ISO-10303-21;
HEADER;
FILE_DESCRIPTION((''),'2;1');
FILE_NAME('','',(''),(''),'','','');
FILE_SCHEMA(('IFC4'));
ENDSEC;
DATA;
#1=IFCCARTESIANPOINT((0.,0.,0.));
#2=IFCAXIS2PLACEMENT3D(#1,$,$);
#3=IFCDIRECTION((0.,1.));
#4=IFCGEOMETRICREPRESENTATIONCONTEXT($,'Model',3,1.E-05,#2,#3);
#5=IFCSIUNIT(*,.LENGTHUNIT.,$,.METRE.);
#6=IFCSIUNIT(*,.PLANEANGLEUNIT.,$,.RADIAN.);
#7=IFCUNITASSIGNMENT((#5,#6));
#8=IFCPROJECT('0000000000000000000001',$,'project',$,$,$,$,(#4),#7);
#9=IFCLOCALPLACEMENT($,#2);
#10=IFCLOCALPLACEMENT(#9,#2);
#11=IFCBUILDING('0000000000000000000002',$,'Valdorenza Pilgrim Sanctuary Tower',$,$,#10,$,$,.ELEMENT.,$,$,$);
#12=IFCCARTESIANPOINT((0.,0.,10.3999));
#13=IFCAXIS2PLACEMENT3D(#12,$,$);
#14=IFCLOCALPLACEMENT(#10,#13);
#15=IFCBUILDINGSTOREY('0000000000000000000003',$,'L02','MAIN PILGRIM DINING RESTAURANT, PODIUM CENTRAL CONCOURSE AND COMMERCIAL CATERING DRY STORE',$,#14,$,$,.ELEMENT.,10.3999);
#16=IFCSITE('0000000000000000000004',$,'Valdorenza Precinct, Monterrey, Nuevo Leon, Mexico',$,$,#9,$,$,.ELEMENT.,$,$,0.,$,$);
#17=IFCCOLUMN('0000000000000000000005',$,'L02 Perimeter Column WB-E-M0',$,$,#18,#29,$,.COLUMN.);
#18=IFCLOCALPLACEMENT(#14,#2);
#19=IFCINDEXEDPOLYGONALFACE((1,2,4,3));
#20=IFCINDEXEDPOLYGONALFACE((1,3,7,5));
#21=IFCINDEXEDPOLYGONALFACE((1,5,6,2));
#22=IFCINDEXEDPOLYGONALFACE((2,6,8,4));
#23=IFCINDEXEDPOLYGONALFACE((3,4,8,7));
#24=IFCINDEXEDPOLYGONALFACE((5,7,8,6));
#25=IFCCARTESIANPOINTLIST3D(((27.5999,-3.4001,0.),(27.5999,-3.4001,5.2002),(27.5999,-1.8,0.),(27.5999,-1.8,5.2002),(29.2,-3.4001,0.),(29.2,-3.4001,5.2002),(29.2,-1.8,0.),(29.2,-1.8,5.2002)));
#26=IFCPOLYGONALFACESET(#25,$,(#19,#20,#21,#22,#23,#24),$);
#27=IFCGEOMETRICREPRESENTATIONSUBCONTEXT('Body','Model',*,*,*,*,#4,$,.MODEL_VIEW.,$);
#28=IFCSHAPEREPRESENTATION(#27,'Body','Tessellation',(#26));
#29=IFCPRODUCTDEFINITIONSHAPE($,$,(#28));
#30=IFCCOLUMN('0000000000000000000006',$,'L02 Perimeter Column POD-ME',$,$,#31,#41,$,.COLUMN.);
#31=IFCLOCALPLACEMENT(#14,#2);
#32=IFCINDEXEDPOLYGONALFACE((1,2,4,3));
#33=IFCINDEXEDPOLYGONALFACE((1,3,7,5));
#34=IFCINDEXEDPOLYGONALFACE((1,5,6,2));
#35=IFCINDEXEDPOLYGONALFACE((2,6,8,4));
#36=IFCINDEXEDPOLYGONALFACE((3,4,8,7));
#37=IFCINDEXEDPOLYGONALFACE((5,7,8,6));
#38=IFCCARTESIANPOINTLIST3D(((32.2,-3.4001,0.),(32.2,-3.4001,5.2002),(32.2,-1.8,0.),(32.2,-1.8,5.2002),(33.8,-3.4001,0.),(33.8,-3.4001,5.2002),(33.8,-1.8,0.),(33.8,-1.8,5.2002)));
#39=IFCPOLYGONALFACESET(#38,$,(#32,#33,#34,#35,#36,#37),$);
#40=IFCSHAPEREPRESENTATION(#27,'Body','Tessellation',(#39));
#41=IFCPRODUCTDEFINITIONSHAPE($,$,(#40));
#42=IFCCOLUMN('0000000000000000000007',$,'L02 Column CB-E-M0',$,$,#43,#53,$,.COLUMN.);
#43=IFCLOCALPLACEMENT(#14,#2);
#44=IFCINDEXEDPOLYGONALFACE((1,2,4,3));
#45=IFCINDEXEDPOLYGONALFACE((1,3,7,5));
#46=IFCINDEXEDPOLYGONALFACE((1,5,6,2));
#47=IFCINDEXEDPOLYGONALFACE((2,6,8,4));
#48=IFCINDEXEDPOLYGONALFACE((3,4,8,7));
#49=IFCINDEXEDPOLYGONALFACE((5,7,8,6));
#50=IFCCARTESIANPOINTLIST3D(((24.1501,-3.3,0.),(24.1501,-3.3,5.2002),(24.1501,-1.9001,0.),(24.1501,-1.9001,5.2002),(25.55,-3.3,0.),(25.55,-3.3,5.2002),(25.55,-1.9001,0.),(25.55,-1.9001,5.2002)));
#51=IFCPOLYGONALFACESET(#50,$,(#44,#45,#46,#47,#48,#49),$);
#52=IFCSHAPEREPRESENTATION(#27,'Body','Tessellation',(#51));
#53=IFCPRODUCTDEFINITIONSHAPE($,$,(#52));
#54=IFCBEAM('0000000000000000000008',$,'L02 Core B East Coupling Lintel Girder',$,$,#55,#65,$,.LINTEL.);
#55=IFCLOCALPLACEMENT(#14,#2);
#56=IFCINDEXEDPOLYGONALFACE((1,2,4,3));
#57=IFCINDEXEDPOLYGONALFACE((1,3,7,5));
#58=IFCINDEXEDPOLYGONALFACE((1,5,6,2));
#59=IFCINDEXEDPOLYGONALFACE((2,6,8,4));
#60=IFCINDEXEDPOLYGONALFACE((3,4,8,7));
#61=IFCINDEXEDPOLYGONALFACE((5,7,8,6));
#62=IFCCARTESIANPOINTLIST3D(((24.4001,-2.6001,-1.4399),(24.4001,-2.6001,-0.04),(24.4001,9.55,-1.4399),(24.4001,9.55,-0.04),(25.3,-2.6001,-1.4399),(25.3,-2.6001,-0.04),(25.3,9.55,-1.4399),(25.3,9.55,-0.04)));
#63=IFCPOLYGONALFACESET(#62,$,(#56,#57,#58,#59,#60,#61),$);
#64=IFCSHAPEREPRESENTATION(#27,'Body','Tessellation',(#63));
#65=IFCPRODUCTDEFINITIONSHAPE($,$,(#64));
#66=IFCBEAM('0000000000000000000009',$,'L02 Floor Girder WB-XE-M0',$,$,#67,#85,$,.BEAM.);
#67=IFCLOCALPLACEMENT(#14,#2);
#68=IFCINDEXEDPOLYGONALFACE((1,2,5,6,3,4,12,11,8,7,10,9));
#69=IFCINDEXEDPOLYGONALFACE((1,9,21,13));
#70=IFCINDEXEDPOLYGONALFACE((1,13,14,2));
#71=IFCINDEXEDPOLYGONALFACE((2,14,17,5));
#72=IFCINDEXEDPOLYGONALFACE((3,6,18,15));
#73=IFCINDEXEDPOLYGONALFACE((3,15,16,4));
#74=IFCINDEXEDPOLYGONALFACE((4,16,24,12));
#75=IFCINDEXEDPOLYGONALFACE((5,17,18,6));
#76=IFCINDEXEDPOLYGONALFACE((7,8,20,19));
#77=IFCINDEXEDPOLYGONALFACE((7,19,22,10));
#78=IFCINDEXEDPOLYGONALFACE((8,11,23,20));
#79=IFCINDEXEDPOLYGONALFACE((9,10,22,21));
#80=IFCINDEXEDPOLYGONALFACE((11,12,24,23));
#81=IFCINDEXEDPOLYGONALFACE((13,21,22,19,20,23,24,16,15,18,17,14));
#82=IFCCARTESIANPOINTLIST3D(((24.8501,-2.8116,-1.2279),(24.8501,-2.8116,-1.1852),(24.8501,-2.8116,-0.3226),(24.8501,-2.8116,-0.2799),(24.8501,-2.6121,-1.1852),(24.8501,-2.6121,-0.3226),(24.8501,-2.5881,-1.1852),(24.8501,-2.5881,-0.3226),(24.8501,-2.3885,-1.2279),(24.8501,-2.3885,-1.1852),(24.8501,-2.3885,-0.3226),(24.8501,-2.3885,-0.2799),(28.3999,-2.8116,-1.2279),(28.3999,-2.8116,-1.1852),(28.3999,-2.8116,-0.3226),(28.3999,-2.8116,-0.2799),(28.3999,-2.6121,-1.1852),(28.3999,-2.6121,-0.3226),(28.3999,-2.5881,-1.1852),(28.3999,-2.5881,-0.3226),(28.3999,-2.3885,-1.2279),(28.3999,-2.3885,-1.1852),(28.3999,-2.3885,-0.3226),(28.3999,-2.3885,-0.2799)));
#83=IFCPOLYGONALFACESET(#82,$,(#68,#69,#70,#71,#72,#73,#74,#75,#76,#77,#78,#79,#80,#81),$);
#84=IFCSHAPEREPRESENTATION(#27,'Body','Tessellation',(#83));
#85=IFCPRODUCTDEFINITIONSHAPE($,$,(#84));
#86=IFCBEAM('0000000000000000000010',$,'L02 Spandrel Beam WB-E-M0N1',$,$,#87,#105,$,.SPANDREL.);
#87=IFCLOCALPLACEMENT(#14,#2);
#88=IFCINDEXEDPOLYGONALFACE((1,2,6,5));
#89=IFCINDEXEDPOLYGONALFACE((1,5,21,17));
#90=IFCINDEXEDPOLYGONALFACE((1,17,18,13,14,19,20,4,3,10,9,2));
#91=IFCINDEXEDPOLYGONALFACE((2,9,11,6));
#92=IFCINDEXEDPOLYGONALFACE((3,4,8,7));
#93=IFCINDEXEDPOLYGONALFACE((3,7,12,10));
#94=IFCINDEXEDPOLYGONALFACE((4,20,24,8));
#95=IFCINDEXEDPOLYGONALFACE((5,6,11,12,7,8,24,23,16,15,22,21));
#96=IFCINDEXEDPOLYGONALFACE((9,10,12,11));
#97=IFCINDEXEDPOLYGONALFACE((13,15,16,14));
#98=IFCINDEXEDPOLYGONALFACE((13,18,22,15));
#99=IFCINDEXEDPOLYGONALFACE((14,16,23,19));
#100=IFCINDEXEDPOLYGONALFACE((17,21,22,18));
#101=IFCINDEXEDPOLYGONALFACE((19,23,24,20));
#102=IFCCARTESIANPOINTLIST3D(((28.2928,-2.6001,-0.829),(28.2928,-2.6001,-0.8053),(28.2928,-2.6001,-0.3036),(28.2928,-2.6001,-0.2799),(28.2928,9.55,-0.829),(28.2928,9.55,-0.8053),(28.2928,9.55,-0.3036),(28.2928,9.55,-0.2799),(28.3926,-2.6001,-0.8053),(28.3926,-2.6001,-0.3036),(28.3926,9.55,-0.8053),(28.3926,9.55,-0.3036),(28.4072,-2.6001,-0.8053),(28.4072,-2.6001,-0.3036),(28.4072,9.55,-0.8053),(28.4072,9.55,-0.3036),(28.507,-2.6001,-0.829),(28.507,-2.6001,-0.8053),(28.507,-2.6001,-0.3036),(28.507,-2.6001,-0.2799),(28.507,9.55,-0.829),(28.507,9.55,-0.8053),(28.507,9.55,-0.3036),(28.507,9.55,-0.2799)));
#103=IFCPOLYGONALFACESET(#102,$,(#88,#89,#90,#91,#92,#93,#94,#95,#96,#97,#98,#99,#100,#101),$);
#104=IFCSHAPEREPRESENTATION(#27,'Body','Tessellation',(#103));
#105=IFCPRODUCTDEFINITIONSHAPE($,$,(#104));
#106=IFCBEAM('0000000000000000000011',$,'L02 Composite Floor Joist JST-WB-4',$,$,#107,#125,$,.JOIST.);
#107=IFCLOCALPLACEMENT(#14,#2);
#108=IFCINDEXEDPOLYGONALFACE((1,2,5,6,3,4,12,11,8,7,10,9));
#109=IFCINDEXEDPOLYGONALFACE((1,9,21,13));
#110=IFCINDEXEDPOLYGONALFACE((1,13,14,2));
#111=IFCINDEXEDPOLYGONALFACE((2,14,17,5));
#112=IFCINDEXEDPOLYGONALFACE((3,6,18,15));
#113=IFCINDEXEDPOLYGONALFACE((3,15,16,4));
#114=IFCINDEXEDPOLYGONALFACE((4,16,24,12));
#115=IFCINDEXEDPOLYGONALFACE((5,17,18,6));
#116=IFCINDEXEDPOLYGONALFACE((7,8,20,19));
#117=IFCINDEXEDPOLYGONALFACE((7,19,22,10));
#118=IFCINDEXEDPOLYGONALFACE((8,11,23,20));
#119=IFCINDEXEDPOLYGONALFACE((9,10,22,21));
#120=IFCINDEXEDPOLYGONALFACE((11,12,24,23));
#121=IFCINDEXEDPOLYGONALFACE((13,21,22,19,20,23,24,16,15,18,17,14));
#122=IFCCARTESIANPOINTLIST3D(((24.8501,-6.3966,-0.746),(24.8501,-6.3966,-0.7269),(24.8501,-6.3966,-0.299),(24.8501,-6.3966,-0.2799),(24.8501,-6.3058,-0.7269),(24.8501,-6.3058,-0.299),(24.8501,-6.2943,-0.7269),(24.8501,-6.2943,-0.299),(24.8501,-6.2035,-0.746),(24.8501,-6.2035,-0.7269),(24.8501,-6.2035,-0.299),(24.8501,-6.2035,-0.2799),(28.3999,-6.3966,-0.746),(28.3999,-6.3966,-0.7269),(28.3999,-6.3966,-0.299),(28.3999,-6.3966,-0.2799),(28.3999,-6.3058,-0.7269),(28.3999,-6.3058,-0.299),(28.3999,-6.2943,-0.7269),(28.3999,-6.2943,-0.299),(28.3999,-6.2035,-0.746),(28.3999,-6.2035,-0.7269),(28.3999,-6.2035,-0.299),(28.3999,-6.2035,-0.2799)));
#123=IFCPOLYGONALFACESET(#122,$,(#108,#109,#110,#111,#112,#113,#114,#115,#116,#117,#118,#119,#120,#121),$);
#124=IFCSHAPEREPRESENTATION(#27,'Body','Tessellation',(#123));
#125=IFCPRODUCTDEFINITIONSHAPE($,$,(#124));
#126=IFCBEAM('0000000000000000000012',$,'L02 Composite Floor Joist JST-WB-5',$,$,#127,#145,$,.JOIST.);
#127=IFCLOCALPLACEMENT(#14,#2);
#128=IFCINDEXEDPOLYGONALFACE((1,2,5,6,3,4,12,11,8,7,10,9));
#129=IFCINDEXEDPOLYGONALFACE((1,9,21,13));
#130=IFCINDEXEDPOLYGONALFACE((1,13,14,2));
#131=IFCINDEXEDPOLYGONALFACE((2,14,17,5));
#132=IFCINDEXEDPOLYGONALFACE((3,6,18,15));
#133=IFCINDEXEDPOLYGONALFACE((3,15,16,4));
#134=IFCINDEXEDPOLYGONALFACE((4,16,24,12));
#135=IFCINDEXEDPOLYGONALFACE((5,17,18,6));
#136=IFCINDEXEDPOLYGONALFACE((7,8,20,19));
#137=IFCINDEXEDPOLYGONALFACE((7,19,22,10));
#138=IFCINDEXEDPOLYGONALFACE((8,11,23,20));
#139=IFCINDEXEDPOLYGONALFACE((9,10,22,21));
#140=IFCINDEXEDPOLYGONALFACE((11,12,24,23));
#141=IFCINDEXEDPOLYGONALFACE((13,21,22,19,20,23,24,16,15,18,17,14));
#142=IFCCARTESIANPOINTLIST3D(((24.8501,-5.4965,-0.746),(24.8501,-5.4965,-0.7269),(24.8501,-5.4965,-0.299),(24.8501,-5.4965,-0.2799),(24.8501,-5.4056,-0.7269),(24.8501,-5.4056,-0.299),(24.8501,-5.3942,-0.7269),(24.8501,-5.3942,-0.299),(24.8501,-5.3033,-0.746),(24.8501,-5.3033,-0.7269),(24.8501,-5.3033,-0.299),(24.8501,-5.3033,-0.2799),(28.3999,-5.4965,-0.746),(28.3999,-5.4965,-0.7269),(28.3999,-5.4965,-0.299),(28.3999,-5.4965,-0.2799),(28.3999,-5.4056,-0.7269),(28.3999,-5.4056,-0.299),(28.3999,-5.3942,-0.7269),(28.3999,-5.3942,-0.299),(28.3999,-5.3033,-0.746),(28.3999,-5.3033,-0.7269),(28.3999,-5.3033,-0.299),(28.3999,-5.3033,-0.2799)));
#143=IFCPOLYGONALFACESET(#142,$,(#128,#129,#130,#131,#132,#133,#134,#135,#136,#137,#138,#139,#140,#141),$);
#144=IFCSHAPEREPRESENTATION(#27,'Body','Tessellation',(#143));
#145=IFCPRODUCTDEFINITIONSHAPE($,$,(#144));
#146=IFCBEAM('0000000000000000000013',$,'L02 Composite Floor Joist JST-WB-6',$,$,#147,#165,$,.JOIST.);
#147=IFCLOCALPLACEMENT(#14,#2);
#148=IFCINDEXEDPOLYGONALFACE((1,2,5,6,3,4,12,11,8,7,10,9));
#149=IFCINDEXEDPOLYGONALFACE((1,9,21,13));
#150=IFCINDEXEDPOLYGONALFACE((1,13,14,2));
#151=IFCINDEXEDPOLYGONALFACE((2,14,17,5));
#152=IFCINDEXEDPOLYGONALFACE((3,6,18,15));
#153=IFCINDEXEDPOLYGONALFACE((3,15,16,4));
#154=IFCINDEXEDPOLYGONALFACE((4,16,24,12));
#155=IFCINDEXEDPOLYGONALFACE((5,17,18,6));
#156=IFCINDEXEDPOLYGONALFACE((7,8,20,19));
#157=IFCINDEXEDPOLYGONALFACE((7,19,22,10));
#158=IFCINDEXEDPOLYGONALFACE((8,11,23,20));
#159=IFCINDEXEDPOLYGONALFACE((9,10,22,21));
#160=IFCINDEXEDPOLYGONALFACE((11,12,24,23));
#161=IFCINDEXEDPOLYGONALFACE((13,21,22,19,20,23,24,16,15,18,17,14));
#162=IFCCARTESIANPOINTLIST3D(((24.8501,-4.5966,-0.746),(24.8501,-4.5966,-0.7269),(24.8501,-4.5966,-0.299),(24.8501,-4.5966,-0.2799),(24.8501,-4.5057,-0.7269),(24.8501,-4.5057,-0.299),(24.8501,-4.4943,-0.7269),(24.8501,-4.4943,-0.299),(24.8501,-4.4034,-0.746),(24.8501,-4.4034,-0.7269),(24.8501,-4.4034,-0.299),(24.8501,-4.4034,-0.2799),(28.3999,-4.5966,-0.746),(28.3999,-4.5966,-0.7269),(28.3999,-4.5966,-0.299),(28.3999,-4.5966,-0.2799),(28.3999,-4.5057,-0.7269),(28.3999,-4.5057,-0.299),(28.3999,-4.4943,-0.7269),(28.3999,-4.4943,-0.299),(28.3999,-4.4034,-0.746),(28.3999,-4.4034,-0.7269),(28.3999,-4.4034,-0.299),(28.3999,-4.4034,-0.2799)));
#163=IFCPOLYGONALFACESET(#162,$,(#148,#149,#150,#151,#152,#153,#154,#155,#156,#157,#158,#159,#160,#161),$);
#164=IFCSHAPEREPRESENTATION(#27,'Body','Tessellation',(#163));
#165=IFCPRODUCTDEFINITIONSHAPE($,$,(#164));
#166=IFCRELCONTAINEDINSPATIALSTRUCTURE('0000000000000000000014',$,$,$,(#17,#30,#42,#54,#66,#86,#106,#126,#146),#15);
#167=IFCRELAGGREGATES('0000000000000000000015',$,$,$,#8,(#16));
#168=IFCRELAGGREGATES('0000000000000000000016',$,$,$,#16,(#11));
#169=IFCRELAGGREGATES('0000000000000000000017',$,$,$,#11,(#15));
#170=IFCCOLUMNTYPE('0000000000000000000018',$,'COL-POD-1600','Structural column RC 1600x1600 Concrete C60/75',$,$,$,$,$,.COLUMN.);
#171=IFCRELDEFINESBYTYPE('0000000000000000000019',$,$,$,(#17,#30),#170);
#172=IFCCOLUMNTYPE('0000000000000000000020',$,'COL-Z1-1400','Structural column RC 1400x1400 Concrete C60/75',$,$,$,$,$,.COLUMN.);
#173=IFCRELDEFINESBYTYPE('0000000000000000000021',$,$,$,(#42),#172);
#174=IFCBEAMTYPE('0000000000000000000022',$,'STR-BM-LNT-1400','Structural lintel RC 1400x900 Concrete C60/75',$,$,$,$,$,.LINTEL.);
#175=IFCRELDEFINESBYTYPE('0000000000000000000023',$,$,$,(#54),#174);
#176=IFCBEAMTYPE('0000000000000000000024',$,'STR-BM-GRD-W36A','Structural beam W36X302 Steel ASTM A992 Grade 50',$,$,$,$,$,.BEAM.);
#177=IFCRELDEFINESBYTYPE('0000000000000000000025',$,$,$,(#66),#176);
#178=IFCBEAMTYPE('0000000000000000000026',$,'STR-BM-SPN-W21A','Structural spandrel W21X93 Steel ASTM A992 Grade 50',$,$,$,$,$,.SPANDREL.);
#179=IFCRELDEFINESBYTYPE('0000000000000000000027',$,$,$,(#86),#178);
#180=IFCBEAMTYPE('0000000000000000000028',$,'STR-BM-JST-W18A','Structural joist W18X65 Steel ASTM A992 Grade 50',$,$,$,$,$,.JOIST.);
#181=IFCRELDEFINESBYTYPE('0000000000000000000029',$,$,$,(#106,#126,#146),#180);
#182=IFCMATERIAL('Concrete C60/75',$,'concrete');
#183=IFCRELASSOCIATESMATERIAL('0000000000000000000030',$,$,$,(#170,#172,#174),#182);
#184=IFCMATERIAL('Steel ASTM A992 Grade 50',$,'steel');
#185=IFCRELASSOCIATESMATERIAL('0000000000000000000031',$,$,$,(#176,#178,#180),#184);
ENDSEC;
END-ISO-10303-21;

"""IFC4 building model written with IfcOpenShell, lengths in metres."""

from ifc_helpers import new_model, si_unit, direction, frame, origin, origin_2d, place, context, subcontext, project, spatial, rectangle, i_section, extrude, source, transform, mapped, material, material_profile, profile_set, type_object, element, save


model = new_model("IFC4")

# Units and contexts
model_context = context("Model", 3, precision=1e-05, world=origin(), true_north=direction((0.0, 1.0)))
body_context = subcontext(model_context, "Body", "Model", "MODEL_VIEW")
ifc_project = project(units=[si_unit("LENGTHUNIT", "METRE"), si_unit("PLANEANGLEUNIT", "RADIAN")], contexts=[model_context])

# Site, building, storey
site_placement = place(None, origin())
site = spatial("IfcSite", under=ifc_project, at=site_placement, Name="Valdorenza Precinct, Monterrey, Nuevo Leon, Mexico", CompositionType="ELEMENT", RefElevation=0.0)
building_placement = place(site_placement, origin())
building = spatial("IfcBuilding", under=site, at=building_placement, Name="Valdorenza Pilgrim Sanctuary Tower", CompositionType="ELEMENT")
storey_placement = place(building_placement, frame((0.0, 0.0, 10.3999)))
storey = spatial("IfcBuildingStorey", under=building, at=storey_placement, Name="L02", Description="MAIN PILGRIM DINING RESTAURANT, PODIUM CENTRAL CONCOURSE AND COMMERCIAL CATERING DRY STORE", CompositionType="ELEMENT", Elevation=10.3999)

# Columns
ifc_material_1 = material(Name="Concrete C60/75", Category="concrete")
ifc_material_profile_1 = material_profile(ifc_material_1, rectangle(XDim=1.6001, YDim=1.6001, at=origin_2d()), Name="RC 1600x1600")
ifc_profile_set_1 = profile_set([ifc_material_profile_1], Name="Concrete C60/75")
column_type_1 = type_object("IfcColumnType", Name="COL-POD-1600", Description="Structural column RC 1600x1600 Concrete C60/75", PredefinedType="COLUMN", material=ifc_profile_set_1)
shared_shape_1 = source(origin(), body_context, "Body", "SweptSolid", [
    extrude(rectangle(XDim=1.6001, YDim=1.6001, at=origin_2d()), origin(), (0.0, 0.0, 1.0), 5.2002),
])
for number, where, z_axis, x_axis, name in (
    (1, (28.3999, -2.6001, 0.0), (0.0, 0.0, 1.0), (1.0, 0.0, 0.0), "L02 Perimeter Column WB-E-M0"),
    (2, (33.0, -2.6001, 0.0), (0.0, 0.0, 1.0), (1.0, 0.0, 0.0), "L02 Perimeter Column POD-ME"),
):
    element("IfcColumn", number, at=place(storey_placement, frame(where, z_axis=z_axis, x_axis=x_axis)), inside=storey, type_object=column_type_1, Name=name, PredefinedType="COLUMN", context=body_context, shape_type="MappedRepresentation", body=[
        mapped(shared_shape_1, transform((0.0, 0.0, 0.0), x_axis=(1.0, 0.0, 0.0), y_axis=(0.0, 1.0, 0.0), z_axis=(0.0, 0.0, 1.0), scale=1.0)),
    ])
ifc_material_profile_2 = material_profile(ifc_material_1, rectangle(XDim=1.3999, YDim=1.3999, at=origin_2d()), Name="RC 1400x1400")
ifc_profile_set_2 = profile_set([ifc_material_profile_2], Name="Concrete C60/75")
column_type_2 = type_object("IfcColumnType", Name="COL-Z1-1400", Description="Structural column RC 1400x1400 Concrete C60/75", PredefinedType="COLUMN", material=ifc_profile_set_2)
shared_shape_2 = source(origin(), body_context, "Body", "SweptSolid", [
    extrude(rectangle(XDim=1.3999, YDim=1.3999, at=origin_2d()), origin(), (0.0, 0.0, 1.0), 5.2002),
])
column_placement = place(storey_placement, frame((24.8501, -2.6001, 0.0), z_axis=(0.0, 0.0, 1.0), x_axis=(1.0, 0.0, 0.0)))
element("IfcColumn", 3, at=column_placement, inside=storey, type_object=column_type_2, Name="L02 Column CB-E-M0", PredefinedType="COLUMN", context=body_context, shape_type="MappedRepresentation", body=[
    mapped(shared_shape_2, transform((0.0, 0.0, 0.0), x_axis=(1.0, 0.0, 0.0), y_axis=(0.0, 1.0, 0.0), z_axis=(0.0, 0.0, 1.0), scale=1.0)),
])

# Beams
ifc_material_profile_3 = material_profile(ifc_material_1, rectangle(XDim=0.8999, YDim=1.3999, at=origin_2d()), Name="RC 1400x900")
ifc_profile_set_3 = profile_set([ifc_material_profile_3], Name="Concrete C60/75")
beam_type_1 = type_object("IfcBeamType", Name="STR-BM-LNT-1400", Description="Structural lintel RC 1400x900 Concrete C60/75", PredefinedType="LINTEL", material=ifc_profile_set_3)
shared_shape_3 = source(origin(), body_context, "Body", "SweptSolid", [
    extrude(rectangle(XDim=0.8999, YDim=1.3999, at=origin_2d()), origin(), (0.0, 0.0, 1.0), 12.1501),
])
beam_1_placement = place(storey_placement, frame((24.8501, -2.6001, -0.74), z_axis=(0.0, 1.0, 0.0), x_axis=(-1.0, 0.0, 0.0)))
element("IfcBeam", 4, at=beam_1_placement, inside=storey, type_object=beam_type_1, Name="L02 Core B East Coupling Lintel Girder", PredefinedType="LINTEL", context=body_context, shape_type="MappedRepresentation", body=[
    mapped(shared_shape_3, transform((0.0, 0.0, 0.0), x_axis=(1.0, 0.0, 0.0), y_axis=(0.0, 1.0, 0.0), z_axis=(0.0, 0.0, 1.0), scale=1.0)),
])
ifc_material_2 = material(Name="Steel ASTM A992 Grade 50", Category="steel")
ifc_material_profile_4 = material_profile(ifc_material_2, i_section(OverallWidth=0.4231, OverallDepth=0.948, WebThickness=0.0239, FlangeThickness=0.0427, at=origin_2d()), Name="W36X302")
ifc_profile_set_4 = profile_set([ifc_material_profile_4], Name="Steel ASTM A992 Grade 50")
beam_type_2 = type_object("IfcBeamType", Name="STR-BM-GRD-W36A", Description="Structural beam W36X302 Steel ASTM A992 Grade 50", PredefinedType="BEAM", material=ifc_profile_set_4)
shared_shape_4 = source(origin(), body_context, "Body", "SweptSolid", [
    extrude(i_section(OverallWidth=0.4231, OverallDepth=0.948, WebThickness=0.0239, FlangeThickness=0.0427, at=origin_2d()), origin(), (0.0, 0.0, 1.0), 3.5498),
])
beam_2_placement = place(storey_placement, frame((24.8501, -2.6001, -0.7539), z_axis=(1.0, 0.0, 0.0), x_axis=(0.0, 1.0, 0.0)))
element("IfcBeam", 5, at=beam_2_placement, inside=storey, type_object=beam_type_2, Name="L02 Floor Girder WB-XE-M0", PredefinedType="BEAM", context=body_context, shape_type="MappedRepresentation", body=[
    mapped(shared_shape_4, transform((0.0, 0.0, 0.0), x_axis=(1.0, 0.0, 0.0), y_axis=(0.0, 1.0, 0.0), z_axis=(0.0, 0.0, 1.0), scale=1.0)),
])
ifc_material_profile_5 = material_profile(ifc_material_2, i_section(OverallWidth=0.2141, OverallDepth=0.5491, WebThickness=0.0146, FlangeThickness=0.0237, at=origin_2d()), Name="W21X93")
ifc_profile_set_5 = profile_set([ifc_material_profile_5], Name="Steel ASTM A992 Grade 50")
beam_type_3 = type_object("IfcBeamType", Name="STR-BM-SPN-W21A", Description="Structural spandrel W21X93 Steel ASTM A992 Grade 50", PredefinedType="SPANDREL", material=ifc_profile_set_5)
shared_shape_5 = source(origin(), body_context, "Body", "SweptSolid", [
    extrude(i_section(OverallWidth=0.2141, OverallDepth=0.5491, WebThickness=0.0146, FlangeThickness=0.0237, at=origin_2d()), origin(), (0.0, 0.0, 1.0), 12.1501),
])
beam_3_placement = place(storey_placement, frame((28.3999, -2.6001, -0.5544), z_axis=(0.0, 1.0, 0.0), x_axis=(-1.0, 0.0, 0.0)))
element("IfcBeam", 6, at=beam_3_placement, inside=storey, type_object=beam_type_3, Name="L02 Spandrel Beam WB-E-M0N1", PredefinedType="SPANDREL", context=body_context, shape_type="MappedRepresentation", body=[
    mapped(shared_shape_5, transform((0.0, 0.0, 0.0), x_axis=(1.0, 0.0, 0.0), y_axis=(0.0, 1.0, 0.0), z_axis=(0.0, 0.0, 1.0), scale=1.0)),
])
ifc_material_profile_6 = material_profile(ifc_material_2, i_section(OverallWidth=0.1931, OverallDepth=0.4661, WebThickness=0.0115, FlangeThickness=0.019, at=origin_2d()), Name="W18X65")
ifc_profile_set_6 = profile_set([ifc_material_profile_6], Name="Steel ASTM A992 Grade 50")
beam_type_4 = type_object("IfcBeamType", Name="STR-BM-JST-W18A", Description="Structural joist W18X65 Steel ASTM A992 Grade 50", PredefinedType="JOIST", material=ifc_profile_set_6)
shared_shape_6 = source(origin(), body_context, "Body", "SweptSolid", [
    extrude(i_section(OverallWidth=0.1931, OverallDepth=0.4661, WebThickness=0.0115, FlangeThickness=0.019, at=origin_2d()), origin(), (0.0, 0.0, 1.0), 3.5498),
])
for number, where, z_axis, x_axis, name in (
    (7, (24.8501, -6.3, -0.5129), (1.0, 0.0, 0.0), (0.0, 1.0, 0.0), "L02 Composite Floor Joist JST-WB-4"),
    (8, (24.8501, -5.3999, -0.5129), (1.0, 0.0, 0.0), (0.0, 1.0, 0.0), "L02 Composite Floor Joist JST-WB-5"),
    (9, (24.8501, -4.5, -0.5129), (1.0, 0.0, 0.0), (0.0, 1.0, 0.0), "L02 Composite Floor Joist JST-WB-6"),
):
    element("IfcBeam", number, at=place(storey_placement, frame(where, z_axis=z_axis, x_axis=x_axis)), inside=storey, type_object=beam_type_4, Name=name, PredefinedType="JOIST", context=body_context, shape_type="MappedRepresentation", body=[
        mapped(shared_shape_6, transform((0.0, 0.0, 0.0), x_axis=(1.0, 0.0, 0.0), y_axis=(0.0, 1.0, 0.0), z_axis=(0.0, 0.0, 1.0), scale=1.0)),
    ])

save(model, "model.ifc")
